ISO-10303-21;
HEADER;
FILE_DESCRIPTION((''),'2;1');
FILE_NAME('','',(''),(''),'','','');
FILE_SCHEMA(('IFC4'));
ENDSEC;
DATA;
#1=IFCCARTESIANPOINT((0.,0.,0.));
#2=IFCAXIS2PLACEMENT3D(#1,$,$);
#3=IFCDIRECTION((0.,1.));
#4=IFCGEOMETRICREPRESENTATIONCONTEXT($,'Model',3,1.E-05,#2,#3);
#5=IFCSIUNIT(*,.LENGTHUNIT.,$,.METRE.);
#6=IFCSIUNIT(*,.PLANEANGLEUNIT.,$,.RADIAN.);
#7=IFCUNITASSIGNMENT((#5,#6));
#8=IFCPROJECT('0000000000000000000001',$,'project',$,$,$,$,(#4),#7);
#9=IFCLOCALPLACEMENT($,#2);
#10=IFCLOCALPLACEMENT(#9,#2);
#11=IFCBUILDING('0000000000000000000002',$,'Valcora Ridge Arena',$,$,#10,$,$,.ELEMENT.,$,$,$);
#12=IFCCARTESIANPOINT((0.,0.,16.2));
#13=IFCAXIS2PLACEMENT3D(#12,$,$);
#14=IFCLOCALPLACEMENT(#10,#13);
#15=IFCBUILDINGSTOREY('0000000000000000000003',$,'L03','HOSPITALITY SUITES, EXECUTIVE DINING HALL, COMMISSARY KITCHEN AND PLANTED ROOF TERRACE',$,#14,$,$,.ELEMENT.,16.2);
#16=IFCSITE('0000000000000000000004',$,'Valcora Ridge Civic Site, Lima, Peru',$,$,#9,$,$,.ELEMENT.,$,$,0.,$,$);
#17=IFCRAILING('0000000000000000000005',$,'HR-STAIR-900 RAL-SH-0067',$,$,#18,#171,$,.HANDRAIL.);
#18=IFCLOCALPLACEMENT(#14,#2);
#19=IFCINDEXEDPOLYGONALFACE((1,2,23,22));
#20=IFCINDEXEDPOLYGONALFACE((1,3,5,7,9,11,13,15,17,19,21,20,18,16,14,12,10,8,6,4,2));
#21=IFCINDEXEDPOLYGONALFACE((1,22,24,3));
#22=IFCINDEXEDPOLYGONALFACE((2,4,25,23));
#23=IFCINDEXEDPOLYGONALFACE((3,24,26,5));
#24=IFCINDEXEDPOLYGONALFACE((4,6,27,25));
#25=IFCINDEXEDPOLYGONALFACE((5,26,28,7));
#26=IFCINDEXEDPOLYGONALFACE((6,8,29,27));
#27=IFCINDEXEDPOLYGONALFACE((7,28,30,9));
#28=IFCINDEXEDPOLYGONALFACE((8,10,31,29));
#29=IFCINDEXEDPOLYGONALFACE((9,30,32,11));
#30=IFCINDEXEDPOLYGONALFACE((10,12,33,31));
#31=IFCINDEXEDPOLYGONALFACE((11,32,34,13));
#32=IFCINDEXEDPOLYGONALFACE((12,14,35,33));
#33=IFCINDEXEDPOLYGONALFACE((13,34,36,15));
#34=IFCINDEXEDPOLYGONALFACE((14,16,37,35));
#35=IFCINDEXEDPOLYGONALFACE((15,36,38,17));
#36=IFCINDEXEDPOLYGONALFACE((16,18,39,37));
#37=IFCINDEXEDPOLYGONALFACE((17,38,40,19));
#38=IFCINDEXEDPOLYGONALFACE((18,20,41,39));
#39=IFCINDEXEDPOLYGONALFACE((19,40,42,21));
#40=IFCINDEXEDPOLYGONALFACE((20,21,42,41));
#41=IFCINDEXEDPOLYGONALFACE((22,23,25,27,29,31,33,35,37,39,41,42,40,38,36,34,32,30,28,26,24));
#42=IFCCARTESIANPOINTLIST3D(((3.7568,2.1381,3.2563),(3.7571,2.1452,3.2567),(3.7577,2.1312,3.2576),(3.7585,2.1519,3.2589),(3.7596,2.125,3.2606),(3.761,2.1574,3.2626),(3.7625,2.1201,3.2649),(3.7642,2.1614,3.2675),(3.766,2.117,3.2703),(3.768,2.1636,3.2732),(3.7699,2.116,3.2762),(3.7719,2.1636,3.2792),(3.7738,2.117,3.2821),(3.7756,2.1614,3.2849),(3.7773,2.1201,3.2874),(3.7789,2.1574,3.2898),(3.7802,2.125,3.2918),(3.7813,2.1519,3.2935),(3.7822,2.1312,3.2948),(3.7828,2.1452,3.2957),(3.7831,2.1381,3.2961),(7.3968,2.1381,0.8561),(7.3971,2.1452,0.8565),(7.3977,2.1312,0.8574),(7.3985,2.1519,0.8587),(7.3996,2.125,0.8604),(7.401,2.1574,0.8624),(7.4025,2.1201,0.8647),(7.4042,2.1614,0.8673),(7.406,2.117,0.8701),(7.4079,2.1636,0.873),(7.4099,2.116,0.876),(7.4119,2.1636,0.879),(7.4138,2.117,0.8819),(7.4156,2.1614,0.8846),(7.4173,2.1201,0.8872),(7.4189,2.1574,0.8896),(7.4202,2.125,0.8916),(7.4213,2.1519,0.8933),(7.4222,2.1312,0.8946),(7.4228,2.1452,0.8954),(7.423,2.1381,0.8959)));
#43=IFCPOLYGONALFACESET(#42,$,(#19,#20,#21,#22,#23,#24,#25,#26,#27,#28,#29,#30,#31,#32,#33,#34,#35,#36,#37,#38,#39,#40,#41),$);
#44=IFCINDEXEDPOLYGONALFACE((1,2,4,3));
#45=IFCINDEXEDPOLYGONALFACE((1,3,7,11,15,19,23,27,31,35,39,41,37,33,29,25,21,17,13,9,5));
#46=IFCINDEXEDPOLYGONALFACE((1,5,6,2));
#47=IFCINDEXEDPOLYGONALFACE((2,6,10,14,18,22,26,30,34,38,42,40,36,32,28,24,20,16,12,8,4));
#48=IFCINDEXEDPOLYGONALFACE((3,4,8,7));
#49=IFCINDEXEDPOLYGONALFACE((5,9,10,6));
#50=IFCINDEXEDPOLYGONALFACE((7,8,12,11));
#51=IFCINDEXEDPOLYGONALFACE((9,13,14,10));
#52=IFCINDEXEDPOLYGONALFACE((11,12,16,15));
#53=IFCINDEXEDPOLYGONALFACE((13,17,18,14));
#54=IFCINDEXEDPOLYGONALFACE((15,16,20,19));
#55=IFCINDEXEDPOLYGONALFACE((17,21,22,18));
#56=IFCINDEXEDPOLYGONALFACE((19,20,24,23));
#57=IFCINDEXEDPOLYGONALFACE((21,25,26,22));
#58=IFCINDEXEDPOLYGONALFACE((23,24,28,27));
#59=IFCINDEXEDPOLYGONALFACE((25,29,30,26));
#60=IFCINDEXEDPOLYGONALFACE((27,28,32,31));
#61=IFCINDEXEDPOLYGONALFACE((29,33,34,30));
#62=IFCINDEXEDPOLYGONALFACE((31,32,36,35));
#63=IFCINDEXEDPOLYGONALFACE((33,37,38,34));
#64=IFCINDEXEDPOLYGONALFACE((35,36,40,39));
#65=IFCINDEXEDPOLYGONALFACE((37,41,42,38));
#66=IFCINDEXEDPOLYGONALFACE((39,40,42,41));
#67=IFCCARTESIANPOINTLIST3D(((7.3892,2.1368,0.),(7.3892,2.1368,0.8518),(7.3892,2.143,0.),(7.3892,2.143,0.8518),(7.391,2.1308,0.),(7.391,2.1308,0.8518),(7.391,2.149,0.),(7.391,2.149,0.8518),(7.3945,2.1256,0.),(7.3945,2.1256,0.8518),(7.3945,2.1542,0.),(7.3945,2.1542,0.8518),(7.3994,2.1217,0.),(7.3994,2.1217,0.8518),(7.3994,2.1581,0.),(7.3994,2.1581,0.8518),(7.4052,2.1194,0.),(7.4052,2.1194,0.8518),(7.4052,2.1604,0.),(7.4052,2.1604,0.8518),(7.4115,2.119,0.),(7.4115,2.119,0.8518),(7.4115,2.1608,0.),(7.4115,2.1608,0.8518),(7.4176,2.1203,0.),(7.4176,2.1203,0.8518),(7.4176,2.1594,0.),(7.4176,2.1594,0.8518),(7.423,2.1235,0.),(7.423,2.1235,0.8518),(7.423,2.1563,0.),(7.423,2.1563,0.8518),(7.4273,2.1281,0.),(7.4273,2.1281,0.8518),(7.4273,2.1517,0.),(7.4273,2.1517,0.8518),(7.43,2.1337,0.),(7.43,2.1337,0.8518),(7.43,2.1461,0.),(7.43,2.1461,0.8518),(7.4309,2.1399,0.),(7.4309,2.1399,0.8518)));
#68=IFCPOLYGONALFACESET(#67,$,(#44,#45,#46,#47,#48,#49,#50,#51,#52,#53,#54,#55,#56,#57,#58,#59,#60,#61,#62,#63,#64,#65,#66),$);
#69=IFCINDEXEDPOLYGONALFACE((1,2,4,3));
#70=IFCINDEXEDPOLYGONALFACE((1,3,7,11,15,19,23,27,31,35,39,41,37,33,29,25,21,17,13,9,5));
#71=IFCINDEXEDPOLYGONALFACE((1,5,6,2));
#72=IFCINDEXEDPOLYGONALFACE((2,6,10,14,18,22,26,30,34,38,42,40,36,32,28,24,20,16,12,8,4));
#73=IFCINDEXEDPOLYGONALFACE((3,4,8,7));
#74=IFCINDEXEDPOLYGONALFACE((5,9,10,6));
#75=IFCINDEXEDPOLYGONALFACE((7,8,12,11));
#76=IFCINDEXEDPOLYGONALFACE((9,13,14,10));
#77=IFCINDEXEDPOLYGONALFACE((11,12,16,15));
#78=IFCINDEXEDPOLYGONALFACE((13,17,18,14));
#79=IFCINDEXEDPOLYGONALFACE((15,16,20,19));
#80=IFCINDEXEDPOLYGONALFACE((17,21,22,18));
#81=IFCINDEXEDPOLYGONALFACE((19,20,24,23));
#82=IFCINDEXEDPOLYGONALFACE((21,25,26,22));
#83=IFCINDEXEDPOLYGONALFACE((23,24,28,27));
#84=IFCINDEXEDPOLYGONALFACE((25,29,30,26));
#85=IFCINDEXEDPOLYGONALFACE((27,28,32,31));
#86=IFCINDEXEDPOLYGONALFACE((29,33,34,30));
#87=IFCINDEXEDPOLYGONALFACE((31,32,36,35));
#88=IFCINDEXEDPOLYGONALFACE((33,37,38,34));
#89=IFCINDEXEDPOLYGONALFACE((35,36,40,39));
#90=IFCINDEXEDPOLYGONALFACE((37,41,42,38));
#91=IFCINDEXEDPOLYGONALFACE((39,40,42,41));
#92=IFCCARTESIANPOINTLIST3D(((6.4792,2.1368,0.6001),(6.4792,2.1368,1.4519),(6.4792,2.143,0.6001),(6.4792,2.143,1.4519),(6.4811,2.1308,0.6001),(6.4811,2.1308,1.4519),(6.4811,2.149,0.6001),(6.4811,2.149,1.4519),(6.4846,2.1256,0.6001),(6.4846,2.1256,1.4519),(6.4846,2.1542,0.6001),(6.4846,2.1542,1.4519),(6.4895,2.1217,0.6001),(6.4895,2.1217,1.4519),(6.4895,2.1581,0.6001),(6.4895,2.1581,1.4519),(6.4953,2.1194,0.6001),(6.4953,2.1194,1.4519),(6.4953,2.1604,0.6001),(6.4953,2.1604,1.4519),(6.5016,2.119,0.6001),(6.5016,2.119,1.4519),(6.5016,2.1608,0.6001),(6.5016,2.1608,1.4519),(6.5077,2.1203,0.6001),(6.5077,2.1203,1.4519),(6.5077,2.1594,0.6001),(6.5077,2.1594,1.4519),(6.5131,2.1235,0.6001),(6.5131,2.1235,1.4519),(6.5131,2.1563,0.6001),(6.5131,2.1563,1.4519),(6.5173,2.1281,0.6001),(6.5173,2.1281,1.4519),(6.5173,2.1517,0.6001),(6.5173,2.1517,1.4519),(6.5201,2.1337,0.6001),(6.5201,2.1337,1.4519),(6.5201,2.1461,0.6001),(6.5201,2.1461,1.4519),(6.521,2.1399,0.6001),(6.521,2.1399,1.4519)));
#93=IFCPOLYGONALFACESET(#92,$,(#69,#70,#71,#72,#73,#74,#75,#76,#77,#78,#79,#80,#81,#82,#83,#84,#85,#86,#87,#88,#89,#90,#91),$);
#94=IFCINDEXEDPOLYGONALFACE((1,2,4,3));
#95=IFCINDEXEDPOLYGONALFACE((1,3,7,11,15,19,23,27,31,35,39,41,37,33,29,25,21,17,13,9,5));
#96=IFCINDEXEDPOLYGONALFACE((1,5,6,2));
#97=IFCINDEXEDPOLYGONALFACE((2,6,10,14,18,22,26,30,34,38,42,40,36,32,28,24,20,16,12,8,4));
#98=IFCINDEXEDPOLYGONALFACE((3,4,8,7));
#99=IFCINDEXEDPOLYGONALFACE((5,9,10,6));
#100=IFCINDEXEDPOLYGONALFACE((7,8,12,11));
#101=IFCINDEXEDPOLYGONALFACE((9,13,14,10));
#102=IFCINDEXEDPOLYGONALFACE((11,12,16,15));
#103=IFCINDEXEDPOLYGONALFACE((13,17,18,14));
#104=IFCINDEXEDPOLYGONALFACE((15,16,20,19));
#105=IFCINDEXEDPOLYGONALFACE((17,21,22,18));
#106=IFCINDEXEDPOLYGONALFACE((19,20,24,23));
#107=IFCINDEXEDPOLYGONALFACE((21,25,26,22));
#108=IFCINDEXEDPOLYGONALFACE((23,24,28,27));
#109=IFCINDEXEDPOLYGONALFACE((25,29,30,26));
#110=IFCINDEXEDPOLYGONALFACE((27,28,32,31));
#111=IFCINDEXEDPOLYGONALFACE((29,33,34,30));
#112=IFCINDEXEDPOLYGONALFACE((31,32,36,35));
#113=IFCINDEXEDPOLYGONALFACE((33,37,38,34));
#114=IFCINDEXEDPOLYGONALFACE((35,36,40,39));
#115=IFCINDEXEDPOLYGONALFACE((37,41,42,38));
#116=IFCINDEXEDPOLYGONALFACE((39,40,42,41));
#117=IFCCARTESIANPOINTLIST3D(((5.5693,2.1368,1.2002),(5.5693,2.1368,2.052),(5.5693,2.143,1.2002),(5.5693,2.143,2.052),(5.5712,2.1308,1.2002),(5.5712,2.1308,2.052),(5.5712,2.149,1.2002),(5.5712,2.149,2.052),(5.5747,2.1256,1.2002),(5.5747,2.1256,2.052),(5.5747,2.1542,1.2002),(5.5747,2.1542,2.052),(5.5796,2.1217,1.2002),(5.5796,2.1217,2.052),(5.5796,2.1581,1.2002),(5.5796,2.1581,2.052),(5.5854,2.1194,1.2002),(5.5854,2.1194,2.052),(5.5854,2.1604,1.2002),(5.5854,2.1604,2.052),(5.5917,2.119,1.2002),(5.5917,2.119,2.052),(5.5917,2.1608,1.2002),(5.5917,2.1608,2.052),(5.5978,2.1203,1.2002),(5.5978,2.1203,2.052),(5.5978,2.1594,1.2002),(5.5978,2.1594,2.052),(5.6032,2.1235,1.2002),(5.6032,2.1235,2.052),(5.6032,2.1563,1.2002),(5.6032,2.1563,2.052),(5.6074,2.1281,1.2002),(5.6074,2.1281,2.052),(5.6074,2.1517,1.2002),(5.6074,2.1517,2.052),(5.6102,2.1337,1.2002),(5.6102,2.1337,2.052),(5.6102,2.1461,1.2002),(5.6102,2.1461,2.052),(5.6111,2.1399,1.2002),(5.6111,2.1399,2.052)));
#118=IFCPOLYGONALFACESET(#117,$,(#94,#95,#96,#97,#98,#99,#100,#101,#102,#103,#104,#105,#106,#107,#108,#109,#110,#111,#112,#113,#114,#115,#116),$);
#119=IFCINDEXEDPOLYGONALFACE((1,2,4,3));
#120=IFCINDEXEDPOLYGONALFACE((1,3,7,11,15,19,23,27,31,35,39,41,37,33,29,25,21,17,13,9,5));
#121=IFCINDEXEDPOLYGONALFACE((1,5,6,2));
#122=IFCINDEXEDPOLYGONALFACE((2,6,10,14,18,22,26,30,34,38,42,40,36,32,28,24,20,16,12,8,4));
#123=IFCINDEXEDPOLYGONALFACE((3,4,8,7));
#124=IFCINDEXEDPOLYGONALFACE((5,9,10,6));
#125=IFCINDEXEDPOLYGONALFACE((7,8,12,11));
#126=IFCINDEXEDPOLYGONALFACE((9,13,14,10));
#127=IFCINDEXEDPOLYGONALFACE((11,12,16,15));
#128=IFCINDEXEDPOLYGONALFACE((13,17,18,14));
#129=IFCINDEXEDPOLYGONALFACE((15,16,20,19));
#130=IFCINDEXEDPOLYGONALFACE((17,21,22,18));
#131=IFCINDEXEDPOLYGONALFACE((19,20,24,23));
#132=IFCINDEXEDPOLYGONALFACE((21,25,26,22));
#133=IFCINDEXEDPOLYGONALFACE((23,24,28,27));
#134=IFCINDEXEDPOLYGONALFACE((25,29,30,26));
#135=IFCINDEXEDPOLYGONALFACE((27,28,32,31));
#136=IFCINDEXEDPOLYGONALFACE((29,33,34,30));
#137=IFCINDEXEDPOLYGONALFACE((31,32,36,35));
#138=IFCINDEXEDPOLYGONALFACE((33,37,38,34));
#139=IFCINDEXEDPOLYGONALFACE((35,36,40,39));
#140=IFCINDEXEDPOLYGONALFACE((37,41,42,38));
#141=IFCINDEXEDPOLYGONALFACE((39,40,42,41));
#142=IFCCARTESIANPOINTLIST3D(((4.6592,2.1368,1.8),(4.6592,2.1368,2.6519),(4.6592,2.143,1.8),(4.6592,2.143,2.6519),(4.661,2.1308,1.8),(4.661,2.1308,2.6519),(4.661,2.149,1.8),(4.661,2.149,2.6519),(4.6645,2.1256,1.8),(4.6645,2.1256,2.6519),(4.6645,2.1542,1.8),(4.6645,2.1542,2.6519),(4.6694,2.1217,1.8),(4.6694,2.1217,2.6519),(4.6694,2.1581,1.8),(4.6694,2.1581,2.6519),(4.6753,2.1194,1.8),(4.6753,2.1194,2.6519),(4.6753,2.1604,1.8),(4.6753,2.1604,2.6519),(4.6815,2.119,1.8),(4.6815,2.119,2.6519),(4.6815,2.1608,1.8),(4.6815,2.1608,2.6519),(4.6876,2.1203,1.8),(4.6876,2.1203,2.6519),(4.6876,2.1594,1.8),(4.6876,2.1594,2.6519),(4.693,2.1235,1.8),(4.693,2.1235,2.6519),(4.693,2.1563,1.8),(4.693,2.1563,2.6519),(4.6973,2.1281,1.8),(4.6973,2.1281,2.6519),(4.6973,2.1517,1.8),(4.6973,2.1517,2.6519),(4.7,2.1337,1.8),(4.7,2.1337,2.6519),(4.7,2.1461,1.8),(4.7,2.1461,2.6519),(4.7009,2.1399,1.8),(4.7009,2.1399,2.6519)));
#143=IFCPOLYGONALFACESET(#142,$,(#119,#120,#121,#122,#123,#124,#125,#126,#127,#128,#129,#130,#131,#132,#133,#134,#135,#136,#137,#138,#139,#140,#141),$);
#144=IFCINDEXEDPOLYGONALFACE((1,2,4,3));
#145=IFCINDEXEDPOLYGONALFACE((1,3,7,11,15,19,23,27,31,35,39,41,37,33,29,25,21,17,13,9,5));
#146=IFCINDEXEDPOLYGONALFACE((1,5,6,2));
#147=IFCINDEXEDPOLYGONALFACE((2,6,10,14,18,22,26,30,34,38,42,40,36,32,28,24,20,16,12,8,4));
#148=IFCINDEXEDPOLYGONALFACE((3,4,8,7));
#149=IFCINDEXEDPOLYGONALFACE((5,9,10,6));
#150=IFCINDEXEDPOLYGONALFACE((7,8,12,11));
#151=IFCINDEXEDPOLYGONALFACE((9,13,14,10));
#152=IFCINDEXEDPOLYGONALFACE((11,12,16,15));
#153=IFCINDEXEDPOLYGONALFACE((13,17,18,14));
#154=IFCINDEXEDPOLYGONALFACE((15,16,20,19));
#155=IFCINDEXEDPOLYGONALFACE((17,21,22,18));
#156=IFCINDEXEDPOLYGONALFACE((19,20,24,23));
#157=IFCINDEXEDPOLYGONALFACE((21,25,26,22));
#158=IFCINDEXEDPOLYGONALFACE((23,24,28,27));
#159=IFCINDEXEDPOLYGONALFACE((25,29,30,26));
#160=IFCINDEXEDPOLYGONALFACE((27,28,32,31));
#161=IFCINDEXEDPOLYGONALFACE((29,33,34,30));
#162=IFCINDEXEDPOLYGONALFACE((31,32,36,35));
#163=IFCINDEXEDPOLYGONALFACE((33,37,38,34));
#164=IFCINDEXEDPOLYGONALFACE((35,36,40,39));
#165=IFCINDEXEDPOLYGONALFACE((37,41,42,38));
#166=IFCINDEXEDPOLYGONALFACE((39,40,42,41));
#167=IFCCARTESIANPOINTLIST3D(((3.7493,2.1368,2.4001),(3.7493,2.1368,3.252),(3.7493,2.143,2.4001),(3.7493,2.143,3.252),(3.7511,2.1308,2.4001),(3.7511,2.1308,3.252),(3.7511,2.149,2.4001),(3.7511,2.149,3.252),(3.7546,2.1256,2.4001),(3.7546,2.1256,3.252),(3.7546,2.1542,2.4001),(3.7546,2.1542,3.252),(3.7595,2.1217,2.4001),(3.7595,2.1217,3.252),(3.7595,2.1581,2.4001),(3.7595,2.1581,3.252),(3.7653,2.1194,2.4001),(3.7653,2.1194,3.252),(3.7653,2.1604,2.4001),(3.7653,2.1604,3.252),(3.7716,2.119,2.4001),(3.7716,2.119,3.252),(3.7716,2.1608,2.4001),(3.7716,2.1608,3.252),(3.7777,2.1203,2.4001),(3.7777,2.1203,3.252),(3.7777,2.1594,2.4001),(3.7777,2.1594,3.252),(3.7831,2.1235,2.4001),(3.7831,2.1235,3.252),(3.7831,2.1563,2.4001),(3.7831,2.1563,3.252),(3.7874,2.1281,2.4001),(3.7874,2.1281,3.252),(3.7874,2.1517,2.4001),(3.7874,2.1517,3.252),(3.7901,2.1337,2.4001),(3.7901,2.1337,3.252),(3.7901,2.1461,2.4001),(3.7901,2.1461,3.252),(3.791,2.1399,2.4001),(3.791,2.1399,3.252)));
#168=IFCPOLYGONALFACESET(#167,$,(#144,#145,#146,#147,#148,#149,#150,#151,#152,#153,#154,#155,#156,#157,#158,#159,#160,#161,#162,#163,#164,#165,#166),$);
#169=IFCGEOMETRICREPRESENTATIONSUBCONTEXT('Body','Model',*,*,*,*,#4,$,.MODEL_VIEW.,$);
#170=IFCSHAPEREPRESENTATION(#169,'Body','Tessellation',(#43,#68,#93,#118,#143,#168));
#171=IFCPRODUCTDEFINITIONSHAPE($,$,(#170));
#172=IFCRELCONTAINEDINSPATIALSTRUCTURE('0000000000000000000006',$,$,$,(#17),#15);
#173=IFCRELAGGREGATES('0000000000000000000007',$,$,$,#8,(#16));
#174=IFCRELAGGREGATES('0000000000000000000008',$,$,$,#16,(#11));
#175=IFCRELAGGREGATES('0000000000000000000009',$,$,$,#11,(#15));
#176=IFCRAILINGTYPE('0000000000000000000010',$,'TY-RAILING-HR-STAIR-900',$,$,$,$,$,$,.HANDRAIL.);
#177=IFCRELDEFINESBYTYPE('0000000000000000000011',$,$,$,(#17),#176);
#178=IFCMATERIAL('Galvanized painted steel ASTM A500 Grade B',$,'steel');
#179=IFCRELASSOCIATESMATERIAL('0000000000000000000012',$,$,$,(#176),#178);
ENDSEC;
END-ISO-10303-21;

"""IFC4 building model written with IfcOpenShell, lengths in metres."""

from ifc_helpers import new_model, si_unit, direction, frame, origin, origin_2d, place, context, subcontext, project, spatial, circle, extrude, material, type_object, element, save


model = new_model("IFC4")

# Units and contexts
model_context = context("Model", 3, precision=1e-05, world=origin(), true_north=direction((0.0, 1.0)))
body_context = subcontext(model_context, "Body", "Model", "MODEL_VIEW")
ifc_project = project(units=[si_unit("LENGTHUNIT", "METRE"), si_unit("PLANEANGLEUNIT", "RADIAN")], contexts=[model_context])

# Site, building, storey
site_placement = place(None, origin())
site = spatial("IfcSite", under=ifc_project, at=site_placement, Name="Valcora Ridge Civic Site, Lima, Peru", CompositionType="ELEMENT", RefElevation=0.0)
building_placement = place(site_placement, origin())
building = spatial("IfcBuilding", under=site, at=building_placement, Name="Valcora Ridge Arena", CompositionType="ELEMENT")
storey_placement = place(building_placement, frame((0.0, 0.0, 16.2)))
storey = spatial("IfcBuildingStorey", under=building, at=storey_placement, Name="L03", Description="HOSPITALITY SUITES, EXECUTIVE DINING HALL, COMMISSARY KITCHEN AND PLANTED ROOF TERRACE", CompositionType="ELEMENT", Elevation=16.2)

# Railing
ifc_material_1 = material(Name="Galvanized painted steel ASTM A500 Grade B", Category="steel")
railing_type_1 = type_object("IfcRailingType", Name="TY-RAILING-HR-STAIR-900", PredefinedType="HANDRAIL", material=ifc_material_1)
railing_1_placement = place(storey_placement, frame((7.4099, 2.1399, 0.0)))
element("IfcRailing", 1, at=railing_1_placement, inside=storey, type_object=railing_type_1, Name="HR-STAIR-900 RAL-SH-0067", PredefinedType="HANDRAIL", context=body_context, shape_type="SweptSolid", body=[
    extrude(circle(Radius=0.0239, at=origin_2d()), frame((0.0, 0.0, 0.876), z_axis=(-0.834839, 0.0, 0.550493), x_axis=(0.0, -1.0, 0.0)), (0.0, 0.0, 1.0), 4.3601),
    extrude(circle(Radius=0.021, at=origin_2d()), origin(), (0.0, 0.0, 1.0), 0.8518),
    extrude(circle(Radius=0.021, at=origin_2d()), frame((-0.9099, 0.0, 0.6001)), (0.0, 0.0, 1.0), 0.8518),
    extrude(circle(Radius=0.021, at=origin_2d()), frame((-1.8198, 0.0, 1.2002)), (0.0, 0.0, 1.0), 0.8518),
    extrude(circle(Radius=0.021, at=origin_2d()), frame((-2.73, 0.0, 1.8)), (0.0, 0.0, 1.0), 0.8518),
    extrude(circle(Radius=0.021, at=origin_2d()), frame((-3.6399, 0.0, 2.4001)), (0.0, 0.0, 1.0), 0.8518),
])

save(model, "model.ifc")
